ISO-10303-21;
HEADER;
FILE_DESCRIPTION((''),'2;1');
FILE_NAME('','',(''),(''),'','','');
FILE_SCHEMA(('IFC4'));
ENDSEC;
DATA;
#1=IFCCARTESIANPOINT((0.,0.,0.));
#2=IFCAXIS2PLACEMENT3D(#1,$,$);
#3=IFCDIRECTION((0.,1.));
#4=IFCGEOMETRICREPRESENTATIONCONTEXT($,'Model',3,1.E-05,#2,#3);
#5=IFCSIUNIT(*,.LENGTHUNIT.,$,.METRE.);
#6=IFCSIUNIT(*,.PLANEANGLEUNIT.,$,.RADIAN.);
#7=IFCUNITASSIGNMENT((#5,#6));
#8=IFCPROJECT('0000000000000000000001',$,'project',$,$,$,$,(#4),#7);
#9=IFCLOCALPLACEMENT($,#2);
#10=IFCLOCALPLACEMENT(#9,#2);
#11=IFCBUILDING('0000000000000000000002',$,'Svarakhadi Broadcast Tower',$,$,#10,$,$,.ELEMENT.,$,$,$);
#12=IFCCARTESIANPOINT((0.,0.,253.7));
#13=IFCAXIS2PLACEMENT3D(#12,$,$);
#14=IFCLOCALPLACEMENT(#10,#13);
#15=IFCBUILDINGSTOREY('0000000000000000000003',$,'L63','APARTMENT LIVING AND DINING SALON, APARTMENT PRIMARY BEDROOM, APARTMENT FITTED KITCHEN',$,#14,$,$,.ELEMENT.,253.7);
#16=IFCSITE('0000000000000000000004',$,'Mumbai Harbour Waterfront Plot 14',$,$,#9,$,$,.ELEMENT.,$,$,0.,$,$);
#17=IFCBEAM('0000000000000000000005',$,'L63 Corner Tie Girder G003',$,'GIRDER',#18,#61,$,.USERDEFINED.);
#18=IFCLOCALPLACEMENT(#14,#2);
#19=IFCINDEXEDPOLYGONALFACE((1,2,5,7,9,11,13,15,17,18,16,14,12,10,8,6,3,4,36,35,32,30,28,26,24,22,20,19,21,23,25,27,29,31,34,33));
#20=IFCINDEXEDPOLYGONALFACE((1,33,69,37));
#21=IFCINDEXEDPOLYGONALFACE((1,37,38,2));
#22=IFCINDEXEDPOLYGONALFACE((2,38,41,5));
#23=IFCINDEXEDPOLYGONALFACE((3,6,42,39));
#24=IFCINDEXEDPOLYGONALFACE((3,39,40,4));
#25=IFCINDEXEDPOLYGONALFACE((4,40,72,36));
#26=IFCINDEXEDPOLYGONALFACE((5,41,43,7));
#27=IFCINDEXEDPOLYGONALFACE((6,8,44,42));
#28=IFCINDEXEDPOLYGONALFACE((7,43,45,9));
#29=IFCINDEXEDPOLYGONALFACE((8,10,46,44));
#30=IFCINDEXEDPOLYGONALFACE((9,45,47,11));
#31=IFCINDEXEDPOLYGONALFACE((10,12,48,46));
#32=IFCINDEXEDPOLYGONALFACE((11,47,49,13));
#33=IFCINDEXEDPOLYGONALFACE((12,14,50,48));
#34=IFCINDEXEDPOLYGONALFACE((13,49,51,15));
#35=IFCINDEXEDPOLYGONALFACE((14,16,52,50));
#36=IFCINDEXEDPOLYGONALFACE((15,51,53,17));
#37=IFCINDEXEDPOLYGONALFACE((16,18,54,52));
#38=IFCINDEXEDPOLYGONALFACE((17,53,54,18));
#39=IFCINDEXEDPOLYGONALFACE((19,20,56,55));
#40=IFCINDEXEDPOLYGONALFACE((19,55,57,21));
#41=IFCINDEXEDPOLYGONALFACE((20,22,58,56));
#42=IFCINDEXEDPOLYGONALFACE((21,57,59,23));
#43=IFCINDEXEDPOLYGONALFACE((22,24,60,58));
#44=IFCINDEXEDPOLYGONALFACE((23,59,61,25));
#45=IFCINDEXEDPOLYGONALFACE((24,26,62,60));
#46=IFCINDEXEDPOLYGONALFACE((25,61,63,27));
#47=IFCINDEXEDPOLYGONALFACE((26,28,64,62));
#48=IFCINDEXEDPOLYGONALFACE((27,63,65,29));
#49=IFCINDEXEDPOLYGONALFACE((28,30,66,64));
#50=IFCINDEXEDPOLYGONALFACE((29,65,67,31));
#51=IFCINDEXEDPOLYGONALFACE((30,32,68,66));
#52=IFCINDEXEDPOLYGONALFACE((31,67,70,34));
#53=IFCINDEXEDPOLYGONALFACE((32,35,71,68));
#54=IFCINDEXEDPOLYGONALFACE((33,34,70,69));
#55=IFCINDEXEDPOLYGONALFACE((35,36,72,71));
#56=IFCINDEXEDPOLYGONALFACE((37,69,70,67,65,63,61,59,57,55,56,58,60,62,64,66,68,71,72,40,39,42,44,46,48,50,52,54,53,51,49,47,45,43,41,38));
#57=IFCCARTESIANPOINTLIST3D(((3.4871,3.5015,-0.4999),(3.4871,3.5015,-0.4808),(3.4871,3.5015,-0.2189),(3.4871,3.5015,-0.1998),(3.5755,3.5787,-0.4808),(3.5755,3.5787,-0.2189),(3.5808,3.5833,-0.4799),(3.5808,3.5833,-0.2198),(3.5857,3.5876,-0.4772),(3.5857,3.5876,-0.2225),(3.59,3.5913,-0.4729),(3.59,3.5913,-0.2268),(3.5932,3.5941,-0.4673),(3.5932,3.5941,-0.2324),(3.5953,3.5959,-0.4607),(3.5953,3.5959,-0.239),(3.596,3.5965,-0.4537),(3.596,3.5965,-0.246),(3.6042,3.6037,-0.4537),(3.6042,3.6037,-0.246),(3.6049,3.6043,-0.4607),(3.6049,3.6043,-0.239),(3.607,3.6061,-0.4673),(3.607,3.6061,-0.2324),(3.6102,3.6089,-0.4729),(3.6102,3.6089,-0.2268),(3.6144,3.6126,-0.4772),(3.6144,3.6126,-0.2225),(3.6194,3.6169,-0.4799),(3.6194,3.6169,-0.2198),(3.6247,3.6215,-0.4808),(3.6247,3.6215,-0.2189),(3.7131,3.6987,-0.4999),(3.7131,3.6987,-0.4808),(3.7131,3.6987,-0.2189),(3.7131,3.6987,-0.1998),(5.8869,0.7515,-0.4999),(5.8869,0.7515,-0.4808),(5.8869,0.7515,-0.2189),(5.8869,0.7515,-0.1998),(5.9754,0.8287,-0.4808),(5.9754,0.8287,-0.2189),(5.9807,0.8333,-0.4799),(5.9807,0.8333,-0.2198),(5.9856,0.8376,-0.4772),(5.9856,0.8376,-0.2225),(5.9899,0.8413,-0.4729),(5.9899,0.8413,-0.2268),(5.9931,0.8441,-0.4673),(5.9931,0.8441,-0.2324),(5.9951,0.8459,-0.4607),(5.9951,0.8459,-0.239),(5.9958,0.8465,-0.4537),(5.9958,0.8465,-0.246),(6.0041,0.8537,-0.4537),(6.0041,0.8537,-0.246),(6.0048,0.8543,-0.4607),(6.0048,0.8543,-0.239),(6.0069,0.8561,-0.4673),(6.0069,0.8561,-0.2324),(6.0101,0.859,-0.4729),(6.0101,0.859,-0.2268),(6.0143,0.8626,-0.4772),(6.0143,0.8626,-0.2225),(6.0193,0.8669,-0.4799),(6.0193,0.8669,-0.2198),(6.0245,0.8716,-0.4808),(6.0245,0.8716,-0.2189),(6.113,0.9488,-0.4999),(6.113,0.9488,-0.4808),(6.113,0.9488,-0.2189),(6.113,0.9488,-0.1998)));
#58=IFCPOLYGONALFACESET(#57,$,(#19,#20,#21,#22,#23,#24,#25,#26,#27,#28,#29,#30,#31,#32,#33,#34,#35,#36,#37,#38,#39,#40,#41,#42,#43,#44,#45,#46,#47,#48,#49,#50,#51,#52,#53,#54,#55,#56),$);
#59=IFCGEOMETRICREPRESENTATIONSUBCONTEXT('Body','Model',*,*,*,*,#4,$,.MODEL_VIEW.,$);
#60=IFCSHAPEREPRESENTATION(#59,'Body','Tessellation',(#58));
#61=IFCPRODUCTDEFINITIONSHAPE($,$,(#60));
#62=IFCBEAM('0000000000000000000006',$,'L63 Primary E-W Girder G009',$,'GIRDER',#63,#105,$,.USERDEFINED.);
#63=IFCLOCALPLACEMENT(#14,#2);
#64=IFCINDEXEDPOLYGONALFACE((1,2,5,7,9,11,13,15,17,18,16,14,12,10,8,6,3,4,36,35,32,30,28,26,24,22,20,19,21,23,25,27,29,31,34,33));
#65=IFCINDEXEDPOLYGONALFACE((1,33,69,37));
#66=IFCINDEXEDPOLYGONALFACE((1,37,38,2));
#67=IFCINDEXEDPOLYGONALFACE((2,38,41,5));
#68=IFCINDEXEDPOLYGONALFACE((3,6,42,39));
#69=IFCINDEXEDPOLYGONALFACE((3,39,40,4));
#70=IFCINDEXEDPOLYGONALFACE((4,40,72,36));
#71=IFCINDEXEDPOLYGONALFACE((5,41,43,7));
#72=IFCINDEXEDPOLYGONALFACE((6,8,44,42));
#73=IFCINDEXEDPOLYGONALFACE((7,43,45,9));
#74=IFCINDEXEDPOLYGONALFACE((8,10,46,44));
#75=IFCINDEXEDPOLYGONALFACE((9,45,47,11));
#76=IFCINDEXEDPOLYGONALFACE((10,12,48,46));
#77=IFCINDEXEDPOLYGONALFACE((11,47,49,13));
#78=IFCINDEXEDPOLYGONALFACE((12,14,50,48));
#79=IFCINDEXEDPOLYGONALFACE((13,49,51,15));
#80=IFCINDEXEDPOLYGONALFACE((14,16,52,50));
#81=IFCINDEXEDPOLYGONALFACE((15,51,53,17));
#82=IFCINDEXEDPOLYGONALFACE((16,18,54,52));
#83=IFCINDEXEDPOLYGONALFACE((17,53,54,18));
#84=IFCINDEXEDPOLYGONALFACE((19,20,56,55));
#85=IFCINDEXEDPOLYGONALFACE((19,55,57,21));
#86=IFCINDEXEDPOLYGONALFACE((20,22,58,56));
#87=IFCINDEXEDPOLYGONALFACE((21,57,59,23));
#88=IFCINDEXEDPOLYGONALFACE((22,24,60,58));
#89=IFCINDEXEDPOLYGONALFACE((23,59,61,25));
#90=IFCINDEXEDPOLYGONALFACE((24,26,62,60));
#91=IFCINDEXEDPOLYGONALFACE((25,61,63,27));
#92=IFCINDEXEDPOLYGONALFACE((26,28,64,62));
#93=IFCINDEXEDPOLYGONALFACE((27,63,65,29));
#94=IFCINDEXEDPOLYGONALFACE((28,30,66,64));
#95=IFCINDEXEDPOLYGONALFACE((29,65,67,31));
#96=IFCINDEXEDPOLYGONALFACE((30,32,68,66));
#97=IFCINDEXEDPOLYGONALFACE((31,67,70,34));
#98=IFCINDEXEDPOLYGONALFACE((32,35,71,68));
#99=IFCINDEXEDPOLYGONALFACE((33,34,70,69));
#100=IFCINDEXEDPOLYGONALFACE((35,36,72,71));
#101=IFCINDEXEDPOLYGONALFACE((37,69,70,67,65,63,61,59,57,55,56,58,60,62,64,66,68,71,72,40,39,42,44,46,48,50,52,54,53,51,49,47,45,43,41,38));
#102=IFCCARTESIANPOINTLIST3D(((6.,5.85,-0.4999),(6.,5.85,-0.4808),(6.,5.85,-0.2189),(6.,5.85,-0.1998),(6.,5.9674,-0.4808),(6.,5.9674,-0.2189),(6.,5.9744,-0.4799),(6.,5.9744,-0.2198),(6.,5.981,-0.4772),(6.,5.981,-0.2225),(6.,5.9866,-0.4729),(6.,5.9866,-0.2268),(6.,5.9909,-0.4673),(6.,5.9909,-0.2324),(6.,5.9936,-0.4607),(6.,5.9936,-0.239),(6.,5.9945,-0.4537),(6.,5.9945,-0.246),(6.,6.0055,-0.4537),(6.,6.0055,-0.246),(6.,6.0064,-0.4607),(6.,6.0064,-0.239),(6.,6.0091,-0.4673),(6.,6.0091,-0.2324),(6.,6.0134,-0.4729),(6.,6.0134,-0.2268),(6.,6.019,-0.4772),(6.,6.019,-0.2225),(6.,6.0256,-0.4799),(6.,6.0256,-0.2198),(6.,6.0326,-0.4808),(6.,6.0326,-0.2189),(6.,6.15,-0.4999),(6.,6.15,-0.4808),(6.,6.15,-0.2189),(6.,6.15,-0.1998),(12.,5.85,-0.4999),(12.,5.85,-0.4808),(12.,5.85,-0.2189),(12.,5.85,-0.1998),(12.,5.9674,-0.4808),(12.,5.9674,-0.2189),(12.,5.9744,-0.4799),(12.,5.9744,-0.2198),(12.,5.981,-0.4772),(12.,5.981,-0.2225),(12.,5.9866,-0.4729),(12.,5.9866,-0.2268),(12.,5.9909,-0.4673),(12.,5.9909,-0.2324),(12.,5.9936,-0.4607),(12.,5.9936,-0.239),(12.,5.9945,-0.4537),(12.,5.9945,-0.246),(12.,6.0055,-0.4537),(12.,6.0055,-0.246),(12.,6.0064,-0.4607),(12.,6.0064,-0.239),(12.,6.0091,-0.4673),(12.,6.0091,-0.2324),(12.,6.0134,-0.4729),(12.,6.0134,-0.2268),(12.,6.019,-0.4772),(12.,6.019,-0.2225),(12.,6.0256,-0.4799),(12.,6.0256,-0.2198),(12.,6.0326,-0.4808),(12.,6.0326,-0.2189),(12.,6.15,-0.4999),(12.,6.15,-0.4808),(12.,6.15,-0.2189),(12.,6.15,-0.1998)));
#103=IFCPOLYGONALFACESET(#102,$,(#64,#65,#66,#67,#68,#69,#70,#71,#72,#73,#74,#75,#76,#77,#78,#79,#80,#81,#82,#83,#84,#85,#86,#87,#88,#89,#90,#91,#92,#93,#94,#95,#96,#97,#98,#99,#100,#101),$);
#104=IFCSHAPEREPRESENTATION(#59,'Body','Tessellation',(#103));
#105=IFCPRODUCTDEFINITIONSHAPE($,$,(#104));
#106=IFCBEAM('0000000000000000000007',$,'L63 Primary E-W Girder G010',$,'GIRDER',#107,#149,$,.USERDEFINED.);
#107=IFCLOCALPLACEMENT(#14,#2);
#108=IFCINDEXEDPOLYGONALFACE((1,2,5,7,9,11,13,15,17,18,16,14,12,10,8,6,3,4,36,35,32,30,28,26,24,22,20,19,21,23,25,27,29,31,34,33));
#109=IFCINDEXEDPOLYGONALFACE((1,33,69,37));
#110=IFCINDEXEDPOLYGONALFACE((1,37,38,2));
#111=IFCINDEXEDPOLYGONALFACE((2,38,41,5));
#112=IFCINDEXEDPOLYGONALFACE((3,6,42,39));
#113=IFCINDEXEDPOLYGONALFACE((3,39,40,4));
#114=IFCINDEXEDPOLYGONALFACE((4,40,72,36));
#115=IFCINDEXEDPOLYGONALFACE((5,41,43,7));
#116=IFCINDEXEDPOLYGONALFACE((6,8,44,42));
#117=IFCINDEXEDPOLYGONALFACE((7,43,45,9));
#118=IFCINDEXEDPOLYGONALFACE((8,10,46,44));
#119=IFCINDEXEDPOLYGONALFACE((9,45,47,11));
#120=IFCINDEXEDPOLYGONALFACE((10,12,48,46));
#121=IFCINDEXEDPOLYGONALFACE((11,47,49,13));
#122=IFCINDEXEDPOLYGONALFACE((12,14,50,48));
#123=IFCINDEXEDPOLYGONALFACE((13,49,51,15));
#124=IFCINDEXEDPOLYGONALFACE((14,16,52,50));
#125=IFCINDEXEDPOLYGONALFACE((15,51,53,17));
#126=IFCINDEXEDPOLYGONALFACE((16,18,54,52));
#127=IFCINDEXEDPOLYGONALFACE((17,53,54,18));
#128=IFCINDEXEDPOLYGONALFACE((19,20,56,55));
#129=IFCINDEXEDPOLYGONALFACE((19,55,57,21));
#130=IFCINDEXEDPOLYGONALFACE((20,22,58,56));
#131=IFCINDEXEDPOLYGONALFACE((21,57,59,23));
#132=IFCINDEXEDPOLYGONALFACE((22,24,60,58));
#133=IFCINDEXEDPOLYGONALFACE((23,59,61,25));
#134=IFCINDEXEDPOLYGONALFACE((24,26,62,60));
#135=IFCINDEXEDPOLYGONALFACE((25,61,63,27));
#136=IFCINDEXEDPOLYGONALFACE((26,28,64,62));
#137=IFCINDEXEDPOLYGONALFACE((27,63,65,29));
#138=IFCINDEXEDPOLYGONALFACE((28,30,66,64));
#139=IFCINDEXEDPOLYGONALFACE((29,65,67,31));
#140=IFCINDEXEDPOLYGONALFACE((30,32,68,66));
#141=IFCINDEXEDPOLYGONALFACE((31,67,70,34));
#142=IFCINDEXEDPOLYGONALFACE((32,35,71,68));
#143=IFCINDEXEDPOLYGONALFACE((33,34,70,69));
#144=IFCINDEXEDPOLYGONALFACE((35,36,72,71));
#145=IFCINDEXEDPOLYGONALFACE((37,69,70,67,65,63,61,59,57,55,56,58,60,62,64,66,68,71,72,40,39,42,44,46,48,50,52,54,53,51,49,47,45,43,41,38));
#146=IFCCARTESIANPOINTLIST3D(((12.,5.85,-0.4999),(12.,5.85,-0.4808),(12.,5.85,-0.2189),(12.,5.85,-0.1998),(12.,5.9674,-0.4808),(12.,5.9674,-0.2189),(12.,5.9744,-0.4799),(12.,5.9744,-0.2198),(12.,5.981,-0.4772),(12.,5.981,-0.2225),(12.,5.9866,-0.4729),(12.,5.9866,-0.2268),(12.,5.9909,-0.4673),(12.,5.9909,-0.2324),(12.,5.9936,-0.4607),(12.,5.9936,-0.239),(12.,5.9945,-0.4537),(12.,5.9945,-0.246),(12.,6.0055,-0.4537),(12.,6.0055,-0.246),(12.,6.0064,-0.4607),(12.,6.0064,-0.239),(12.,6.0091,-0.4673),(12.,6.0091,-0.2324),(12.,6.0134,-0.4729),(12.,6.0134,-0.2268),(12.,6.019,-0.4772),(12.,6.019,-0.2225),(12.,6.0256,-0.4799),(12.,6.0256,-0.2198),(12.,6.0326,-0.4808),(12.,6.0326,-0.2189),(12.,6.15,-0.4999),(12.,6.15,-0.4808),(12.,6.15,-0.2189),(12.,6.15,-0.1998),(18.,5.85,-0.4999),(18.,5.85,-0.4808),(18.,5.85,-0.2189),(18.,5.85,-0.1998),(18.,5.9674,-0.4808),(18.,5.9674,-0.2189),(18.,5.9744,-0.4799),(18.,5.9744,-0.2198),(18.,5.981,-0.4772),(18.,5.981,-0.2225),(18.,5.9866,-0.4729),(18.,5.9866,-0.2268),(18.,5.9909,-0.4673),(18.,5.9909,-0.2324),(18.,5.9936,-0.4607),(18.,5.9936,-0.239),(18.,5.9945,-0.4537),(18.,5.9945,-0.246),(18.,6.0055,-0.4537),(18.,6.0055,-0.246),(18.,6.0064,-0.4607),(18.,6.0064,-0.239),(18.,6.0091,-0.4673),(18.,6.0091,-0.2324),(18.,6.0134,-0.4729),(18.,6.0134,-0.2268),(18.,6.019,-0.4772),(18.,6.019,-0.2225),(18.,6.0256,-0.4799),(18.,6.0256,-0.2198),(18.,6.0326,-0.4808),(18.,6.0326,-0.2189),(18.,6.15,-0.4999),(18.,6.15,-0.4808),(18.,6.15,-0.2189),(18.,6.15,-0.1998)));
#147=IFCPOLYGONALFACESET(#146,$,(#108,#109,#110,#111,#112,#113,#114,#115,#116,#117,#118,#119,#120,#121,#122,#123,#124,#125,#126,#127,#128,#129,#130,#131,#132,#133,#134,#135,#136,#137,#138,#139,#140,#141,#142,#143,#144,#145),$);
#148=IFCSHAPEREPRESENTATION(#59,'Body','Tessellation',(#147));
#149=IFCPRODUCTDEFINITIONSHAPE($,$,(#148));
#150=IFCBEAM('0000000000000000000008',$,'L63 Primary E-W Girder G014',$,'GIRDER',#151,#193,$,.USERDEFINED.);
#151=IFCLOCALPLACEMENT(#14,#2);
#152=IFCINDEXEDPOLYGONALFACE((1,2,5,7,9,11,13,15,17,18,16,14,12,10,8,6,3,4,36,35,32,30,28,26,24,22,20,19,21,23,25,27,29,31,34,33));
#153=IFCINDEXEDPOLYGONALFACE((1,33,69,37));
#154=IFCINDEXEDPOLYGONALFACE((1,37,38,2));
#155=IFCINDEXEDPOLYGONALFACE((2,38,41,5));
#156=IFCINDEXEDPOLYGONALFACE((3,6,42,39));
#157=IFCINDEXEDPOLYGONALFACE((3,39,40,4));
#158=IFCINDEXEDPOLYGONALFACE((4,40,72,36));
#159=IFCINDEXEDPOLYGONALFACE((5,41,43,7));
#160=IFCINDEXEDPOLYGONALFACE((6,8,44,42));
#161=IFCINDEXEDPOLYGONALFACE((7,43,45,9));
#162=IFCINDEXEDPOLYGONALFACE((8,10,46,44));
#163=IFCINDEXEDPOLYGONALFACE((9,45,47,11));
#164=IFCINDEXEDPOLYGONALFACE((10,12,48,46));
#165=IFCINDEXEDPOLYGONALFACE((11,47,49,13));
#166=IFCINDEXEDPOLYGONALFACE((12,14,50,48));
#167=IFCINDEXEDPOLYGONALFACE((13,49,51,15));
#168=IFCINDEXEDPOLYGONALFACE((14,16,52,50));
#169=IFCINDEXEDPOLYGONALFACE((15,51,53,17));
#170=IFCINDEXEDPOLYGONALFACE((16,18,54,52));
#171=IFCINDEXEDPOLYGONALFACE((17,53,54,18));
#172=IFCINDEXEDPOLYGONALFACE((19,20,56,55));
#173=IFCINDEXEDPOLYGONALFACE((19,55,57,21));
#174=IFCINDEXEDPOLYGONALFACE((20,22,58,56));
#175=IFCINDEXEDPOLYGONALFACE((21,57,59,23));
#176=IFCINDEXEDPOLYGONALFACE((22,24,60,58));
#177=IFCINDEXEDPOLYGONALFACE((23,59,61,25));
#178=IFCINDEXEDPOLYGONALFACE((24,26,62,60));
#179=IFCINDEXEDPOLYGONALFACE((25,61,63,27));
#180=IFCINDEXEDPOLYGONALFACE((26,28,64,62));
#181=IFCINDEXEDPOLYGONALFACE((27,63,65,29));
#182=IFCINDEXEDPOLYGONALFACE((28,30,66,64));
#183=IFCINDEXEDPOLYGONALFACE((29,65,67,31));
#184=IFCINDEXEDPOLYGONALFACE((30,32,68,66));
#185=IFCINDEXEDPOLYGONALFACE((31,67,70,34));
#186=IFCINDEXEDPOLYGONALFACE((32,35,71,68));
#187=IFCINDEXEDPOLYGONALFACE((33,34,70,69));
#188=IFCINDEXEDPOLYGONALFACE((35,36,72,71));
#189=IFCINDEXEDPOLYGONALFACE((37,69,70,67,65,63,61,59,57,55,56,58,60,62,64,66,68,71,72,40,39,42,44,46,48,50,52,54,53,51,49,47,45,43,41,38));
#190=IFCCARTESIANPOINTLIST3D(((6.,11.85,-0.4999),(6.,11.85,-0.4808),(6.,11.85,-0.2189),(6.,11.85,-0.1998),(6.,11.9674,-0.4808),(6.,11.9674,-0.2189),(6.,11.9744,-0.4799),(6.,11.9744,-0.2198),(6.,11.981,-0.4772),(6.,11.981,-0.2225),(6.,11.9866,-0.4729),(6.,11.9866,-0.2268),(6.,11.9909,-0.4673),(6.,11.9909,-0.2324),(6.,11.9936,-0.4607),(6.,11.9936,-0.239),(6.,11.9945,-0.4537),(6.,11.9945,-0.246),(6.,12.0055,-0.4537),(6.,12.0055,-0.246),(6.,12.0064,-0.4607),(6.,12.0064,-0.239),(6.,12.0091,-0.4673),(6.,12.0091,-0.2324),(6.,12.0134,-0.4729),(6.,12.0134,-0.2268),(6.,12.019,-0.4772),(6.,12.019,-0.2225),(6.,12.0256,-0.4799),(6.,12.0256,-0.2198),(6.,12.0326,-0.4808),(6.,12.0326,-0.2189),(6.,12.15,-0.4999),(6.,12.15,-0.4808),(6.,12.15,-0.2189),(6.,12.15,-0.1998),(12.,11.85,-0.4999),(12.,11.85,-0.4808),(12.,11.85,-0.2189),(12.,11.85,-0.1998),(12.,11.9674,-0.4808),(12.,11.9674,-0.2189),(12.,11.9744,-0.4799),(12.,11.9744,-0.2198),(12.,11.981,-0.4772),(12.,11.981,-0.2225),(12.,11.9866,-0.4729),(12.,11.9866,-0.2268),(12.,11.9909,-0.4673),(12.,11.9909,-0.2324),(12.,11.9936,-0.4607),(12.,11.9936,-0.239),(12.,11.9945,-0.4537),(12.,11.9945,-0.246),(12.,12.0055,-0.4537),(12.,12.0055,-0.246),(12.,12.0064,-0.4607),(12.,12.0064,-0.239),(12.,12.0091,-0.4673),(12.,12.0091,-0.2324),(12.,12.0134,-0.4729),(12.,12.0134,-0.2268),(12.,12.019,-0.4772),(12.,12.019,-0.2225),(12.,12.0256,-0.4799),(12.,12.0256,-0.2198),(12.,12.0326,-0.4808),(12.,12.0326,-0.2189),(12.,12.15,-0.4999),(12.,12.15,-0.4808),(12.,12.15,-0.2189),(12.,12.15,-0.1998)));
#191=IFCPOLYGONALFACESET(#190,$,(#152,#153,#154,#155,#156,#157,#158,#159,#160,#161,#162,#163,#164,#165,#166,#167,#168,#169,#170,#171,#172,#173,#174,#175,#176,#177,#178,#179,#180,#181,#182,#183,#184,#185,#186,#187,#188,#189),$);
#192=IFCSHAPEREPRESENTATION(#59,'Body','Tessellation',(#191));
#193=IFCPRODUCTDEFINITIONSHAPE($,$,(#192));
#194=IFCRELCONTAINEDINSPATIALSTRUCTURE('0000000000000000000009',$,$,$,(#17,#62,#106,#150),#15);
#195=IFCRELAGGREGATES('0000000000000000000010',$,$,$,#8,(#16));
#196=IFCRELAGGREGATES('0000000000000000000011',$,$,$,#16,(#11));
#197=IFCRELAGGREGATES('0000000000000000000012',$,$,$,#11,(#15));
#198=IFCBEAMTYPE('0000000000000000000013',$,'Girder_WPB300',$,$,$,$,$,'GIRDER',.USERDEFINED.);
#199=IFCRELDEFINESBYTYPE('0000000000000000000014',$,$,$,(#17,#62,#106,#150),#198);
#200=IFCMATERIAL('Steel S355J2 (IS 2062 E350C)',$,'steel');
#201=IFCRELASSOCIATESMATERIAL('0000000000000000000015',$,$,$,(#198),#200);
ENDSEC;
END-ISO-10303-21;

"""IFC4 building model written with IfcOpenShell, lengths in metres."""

from ifc_helpers import new_model, si_unit, direction, frame, origin, origin_2d, place, context, subcontext, project, spatial, i_section, extrude, material, material_profile, profile_set, type_object, element, save


model = new_model("IFC4")

# Units and contexts
model_context = context("Model", 3, precision=1e-05, world=origin(), true_north=direction((0.0, 1.0)))
body_context = subcontext(model_context, "Body", "Model", "MODEL_VIEW")
ifc_project = project(units=[si_unit("LENGTHUNIT", "METRE"), si_unit("PLANEANGLEUNIT", "RADIAN")], contexts=[model_context])

# Site, building, storey
site_placement = place(None, origin())
site = spatial("IfcSite", under=ifc_project, at=site_placement, Name="Mumbai Harbour Waterfront Plot 14", CompositionType="ELEMENT", RefElevation=0.0)
building_placement = place(site_placement, origin())
building = spatial("IfcBuilding", under=site, at=building_placement, Name="Svarakhadi Broadcast Tower", CompositionType="ELEMENT")
storey_placement = place(building_placement, frame((0.0, 0.0, 253.7)))
storey = spatial("IfcBuildingStorey", under=building, at=storey_placement, Name="L63", Description="APARTMENT LIVING AND DINING SALON, APARTMENT PRIMARY BEDROOM, APARTMENT FITTED KITCHEN", CompositionType="ELEMENT", Elevation=253.7)

# Beams
ifc_material_1 = material(Name="Steel S355J2 (IS 2062 E350C)", Category="steel")
ifc_material_profile_1 = material_profile(ifc_material_1, i_section(OverallWidth=0.3, OverallDepth=0.3, WebThickness=0.011, FlangeThickness=0.019, FilletRadius=0.0271, at=origin_2d()), Name="WPB 300x300x117")
ifc_profile_set_1 = profile_set([ifc_material_profile_1], Name="Steel S355J2 (IS 2062 E350C)")
beam_type_1 = type_object("IfcBeamType", Name="Girder_WPB300", ElementType="GIRDER", PredefinedType="USERDEFINED", material=ifc_profile_set_1)
beam_1_placement = place(storey_placement, frame((3.6001, 3.6001, -0.3499), z_axis=(0.657519, -0.753438, 0.0), x_axis=(0.753438, 0.657519, 0.0)))
element("IfcBeam", 1, at=beam_1_placement, inside=storey, type_object=beam_type_1, Name="L63 Corner Tie Girder G003", ObjectType="GIRDER", PredefinedType="USERDEFINED", context=body_context, shape_type="SweptSolid", body=[
    extrude(i_section(OverallWidth=0.3, OverallDepth=0.3, WebThickness=0.011, FlangeThickness=0.019, FilletRadius=0.0271, at=origin_2d()), origin(), (0.0, 0.0, 1.0), 3.6499),
])
for number, where, z_axis, x_axis, name in (
    (2, (6.0, 6.0, -0.3499), (1.0, 0.0, 0.0), (0.0, 1.0, 0.0), "L63 Primary E-W Girder G009"),
    (3, (12.0, 6.0, -0.3499), (1.0, 0.0, 0.0), (0.0, 1.0, 0.0), "L63 Primary E-W Girder G010"),
    (4, (6.0, 12.0, -0.3499), (1.0, 0.0, 0.0), (0.0, 1.0, 0.0), "L63 Primary E-W Girder G014"),
):
    element("IfcBeam", number, at=place(storey_placement, frame(where, z_axis=z_axis, x_axis=x_axis)), inside=storey, type_object=beam_type_1, Name=name, ObjectType="GIRDER", PredefinedType="USERDEFINED", context=body_context, shape_type="SweptSolid", body=[
        extrude(i_section(OverallWidth=0.3, OverallDepth=0.3, WebThickness=0.011, FlangeThickness=0.019, FilletRadius=0.0271, at=origin_2d()), origin(), (0.0, 0.0, 1.0), 6.0),
    ])

save(model, "model.ifc")
